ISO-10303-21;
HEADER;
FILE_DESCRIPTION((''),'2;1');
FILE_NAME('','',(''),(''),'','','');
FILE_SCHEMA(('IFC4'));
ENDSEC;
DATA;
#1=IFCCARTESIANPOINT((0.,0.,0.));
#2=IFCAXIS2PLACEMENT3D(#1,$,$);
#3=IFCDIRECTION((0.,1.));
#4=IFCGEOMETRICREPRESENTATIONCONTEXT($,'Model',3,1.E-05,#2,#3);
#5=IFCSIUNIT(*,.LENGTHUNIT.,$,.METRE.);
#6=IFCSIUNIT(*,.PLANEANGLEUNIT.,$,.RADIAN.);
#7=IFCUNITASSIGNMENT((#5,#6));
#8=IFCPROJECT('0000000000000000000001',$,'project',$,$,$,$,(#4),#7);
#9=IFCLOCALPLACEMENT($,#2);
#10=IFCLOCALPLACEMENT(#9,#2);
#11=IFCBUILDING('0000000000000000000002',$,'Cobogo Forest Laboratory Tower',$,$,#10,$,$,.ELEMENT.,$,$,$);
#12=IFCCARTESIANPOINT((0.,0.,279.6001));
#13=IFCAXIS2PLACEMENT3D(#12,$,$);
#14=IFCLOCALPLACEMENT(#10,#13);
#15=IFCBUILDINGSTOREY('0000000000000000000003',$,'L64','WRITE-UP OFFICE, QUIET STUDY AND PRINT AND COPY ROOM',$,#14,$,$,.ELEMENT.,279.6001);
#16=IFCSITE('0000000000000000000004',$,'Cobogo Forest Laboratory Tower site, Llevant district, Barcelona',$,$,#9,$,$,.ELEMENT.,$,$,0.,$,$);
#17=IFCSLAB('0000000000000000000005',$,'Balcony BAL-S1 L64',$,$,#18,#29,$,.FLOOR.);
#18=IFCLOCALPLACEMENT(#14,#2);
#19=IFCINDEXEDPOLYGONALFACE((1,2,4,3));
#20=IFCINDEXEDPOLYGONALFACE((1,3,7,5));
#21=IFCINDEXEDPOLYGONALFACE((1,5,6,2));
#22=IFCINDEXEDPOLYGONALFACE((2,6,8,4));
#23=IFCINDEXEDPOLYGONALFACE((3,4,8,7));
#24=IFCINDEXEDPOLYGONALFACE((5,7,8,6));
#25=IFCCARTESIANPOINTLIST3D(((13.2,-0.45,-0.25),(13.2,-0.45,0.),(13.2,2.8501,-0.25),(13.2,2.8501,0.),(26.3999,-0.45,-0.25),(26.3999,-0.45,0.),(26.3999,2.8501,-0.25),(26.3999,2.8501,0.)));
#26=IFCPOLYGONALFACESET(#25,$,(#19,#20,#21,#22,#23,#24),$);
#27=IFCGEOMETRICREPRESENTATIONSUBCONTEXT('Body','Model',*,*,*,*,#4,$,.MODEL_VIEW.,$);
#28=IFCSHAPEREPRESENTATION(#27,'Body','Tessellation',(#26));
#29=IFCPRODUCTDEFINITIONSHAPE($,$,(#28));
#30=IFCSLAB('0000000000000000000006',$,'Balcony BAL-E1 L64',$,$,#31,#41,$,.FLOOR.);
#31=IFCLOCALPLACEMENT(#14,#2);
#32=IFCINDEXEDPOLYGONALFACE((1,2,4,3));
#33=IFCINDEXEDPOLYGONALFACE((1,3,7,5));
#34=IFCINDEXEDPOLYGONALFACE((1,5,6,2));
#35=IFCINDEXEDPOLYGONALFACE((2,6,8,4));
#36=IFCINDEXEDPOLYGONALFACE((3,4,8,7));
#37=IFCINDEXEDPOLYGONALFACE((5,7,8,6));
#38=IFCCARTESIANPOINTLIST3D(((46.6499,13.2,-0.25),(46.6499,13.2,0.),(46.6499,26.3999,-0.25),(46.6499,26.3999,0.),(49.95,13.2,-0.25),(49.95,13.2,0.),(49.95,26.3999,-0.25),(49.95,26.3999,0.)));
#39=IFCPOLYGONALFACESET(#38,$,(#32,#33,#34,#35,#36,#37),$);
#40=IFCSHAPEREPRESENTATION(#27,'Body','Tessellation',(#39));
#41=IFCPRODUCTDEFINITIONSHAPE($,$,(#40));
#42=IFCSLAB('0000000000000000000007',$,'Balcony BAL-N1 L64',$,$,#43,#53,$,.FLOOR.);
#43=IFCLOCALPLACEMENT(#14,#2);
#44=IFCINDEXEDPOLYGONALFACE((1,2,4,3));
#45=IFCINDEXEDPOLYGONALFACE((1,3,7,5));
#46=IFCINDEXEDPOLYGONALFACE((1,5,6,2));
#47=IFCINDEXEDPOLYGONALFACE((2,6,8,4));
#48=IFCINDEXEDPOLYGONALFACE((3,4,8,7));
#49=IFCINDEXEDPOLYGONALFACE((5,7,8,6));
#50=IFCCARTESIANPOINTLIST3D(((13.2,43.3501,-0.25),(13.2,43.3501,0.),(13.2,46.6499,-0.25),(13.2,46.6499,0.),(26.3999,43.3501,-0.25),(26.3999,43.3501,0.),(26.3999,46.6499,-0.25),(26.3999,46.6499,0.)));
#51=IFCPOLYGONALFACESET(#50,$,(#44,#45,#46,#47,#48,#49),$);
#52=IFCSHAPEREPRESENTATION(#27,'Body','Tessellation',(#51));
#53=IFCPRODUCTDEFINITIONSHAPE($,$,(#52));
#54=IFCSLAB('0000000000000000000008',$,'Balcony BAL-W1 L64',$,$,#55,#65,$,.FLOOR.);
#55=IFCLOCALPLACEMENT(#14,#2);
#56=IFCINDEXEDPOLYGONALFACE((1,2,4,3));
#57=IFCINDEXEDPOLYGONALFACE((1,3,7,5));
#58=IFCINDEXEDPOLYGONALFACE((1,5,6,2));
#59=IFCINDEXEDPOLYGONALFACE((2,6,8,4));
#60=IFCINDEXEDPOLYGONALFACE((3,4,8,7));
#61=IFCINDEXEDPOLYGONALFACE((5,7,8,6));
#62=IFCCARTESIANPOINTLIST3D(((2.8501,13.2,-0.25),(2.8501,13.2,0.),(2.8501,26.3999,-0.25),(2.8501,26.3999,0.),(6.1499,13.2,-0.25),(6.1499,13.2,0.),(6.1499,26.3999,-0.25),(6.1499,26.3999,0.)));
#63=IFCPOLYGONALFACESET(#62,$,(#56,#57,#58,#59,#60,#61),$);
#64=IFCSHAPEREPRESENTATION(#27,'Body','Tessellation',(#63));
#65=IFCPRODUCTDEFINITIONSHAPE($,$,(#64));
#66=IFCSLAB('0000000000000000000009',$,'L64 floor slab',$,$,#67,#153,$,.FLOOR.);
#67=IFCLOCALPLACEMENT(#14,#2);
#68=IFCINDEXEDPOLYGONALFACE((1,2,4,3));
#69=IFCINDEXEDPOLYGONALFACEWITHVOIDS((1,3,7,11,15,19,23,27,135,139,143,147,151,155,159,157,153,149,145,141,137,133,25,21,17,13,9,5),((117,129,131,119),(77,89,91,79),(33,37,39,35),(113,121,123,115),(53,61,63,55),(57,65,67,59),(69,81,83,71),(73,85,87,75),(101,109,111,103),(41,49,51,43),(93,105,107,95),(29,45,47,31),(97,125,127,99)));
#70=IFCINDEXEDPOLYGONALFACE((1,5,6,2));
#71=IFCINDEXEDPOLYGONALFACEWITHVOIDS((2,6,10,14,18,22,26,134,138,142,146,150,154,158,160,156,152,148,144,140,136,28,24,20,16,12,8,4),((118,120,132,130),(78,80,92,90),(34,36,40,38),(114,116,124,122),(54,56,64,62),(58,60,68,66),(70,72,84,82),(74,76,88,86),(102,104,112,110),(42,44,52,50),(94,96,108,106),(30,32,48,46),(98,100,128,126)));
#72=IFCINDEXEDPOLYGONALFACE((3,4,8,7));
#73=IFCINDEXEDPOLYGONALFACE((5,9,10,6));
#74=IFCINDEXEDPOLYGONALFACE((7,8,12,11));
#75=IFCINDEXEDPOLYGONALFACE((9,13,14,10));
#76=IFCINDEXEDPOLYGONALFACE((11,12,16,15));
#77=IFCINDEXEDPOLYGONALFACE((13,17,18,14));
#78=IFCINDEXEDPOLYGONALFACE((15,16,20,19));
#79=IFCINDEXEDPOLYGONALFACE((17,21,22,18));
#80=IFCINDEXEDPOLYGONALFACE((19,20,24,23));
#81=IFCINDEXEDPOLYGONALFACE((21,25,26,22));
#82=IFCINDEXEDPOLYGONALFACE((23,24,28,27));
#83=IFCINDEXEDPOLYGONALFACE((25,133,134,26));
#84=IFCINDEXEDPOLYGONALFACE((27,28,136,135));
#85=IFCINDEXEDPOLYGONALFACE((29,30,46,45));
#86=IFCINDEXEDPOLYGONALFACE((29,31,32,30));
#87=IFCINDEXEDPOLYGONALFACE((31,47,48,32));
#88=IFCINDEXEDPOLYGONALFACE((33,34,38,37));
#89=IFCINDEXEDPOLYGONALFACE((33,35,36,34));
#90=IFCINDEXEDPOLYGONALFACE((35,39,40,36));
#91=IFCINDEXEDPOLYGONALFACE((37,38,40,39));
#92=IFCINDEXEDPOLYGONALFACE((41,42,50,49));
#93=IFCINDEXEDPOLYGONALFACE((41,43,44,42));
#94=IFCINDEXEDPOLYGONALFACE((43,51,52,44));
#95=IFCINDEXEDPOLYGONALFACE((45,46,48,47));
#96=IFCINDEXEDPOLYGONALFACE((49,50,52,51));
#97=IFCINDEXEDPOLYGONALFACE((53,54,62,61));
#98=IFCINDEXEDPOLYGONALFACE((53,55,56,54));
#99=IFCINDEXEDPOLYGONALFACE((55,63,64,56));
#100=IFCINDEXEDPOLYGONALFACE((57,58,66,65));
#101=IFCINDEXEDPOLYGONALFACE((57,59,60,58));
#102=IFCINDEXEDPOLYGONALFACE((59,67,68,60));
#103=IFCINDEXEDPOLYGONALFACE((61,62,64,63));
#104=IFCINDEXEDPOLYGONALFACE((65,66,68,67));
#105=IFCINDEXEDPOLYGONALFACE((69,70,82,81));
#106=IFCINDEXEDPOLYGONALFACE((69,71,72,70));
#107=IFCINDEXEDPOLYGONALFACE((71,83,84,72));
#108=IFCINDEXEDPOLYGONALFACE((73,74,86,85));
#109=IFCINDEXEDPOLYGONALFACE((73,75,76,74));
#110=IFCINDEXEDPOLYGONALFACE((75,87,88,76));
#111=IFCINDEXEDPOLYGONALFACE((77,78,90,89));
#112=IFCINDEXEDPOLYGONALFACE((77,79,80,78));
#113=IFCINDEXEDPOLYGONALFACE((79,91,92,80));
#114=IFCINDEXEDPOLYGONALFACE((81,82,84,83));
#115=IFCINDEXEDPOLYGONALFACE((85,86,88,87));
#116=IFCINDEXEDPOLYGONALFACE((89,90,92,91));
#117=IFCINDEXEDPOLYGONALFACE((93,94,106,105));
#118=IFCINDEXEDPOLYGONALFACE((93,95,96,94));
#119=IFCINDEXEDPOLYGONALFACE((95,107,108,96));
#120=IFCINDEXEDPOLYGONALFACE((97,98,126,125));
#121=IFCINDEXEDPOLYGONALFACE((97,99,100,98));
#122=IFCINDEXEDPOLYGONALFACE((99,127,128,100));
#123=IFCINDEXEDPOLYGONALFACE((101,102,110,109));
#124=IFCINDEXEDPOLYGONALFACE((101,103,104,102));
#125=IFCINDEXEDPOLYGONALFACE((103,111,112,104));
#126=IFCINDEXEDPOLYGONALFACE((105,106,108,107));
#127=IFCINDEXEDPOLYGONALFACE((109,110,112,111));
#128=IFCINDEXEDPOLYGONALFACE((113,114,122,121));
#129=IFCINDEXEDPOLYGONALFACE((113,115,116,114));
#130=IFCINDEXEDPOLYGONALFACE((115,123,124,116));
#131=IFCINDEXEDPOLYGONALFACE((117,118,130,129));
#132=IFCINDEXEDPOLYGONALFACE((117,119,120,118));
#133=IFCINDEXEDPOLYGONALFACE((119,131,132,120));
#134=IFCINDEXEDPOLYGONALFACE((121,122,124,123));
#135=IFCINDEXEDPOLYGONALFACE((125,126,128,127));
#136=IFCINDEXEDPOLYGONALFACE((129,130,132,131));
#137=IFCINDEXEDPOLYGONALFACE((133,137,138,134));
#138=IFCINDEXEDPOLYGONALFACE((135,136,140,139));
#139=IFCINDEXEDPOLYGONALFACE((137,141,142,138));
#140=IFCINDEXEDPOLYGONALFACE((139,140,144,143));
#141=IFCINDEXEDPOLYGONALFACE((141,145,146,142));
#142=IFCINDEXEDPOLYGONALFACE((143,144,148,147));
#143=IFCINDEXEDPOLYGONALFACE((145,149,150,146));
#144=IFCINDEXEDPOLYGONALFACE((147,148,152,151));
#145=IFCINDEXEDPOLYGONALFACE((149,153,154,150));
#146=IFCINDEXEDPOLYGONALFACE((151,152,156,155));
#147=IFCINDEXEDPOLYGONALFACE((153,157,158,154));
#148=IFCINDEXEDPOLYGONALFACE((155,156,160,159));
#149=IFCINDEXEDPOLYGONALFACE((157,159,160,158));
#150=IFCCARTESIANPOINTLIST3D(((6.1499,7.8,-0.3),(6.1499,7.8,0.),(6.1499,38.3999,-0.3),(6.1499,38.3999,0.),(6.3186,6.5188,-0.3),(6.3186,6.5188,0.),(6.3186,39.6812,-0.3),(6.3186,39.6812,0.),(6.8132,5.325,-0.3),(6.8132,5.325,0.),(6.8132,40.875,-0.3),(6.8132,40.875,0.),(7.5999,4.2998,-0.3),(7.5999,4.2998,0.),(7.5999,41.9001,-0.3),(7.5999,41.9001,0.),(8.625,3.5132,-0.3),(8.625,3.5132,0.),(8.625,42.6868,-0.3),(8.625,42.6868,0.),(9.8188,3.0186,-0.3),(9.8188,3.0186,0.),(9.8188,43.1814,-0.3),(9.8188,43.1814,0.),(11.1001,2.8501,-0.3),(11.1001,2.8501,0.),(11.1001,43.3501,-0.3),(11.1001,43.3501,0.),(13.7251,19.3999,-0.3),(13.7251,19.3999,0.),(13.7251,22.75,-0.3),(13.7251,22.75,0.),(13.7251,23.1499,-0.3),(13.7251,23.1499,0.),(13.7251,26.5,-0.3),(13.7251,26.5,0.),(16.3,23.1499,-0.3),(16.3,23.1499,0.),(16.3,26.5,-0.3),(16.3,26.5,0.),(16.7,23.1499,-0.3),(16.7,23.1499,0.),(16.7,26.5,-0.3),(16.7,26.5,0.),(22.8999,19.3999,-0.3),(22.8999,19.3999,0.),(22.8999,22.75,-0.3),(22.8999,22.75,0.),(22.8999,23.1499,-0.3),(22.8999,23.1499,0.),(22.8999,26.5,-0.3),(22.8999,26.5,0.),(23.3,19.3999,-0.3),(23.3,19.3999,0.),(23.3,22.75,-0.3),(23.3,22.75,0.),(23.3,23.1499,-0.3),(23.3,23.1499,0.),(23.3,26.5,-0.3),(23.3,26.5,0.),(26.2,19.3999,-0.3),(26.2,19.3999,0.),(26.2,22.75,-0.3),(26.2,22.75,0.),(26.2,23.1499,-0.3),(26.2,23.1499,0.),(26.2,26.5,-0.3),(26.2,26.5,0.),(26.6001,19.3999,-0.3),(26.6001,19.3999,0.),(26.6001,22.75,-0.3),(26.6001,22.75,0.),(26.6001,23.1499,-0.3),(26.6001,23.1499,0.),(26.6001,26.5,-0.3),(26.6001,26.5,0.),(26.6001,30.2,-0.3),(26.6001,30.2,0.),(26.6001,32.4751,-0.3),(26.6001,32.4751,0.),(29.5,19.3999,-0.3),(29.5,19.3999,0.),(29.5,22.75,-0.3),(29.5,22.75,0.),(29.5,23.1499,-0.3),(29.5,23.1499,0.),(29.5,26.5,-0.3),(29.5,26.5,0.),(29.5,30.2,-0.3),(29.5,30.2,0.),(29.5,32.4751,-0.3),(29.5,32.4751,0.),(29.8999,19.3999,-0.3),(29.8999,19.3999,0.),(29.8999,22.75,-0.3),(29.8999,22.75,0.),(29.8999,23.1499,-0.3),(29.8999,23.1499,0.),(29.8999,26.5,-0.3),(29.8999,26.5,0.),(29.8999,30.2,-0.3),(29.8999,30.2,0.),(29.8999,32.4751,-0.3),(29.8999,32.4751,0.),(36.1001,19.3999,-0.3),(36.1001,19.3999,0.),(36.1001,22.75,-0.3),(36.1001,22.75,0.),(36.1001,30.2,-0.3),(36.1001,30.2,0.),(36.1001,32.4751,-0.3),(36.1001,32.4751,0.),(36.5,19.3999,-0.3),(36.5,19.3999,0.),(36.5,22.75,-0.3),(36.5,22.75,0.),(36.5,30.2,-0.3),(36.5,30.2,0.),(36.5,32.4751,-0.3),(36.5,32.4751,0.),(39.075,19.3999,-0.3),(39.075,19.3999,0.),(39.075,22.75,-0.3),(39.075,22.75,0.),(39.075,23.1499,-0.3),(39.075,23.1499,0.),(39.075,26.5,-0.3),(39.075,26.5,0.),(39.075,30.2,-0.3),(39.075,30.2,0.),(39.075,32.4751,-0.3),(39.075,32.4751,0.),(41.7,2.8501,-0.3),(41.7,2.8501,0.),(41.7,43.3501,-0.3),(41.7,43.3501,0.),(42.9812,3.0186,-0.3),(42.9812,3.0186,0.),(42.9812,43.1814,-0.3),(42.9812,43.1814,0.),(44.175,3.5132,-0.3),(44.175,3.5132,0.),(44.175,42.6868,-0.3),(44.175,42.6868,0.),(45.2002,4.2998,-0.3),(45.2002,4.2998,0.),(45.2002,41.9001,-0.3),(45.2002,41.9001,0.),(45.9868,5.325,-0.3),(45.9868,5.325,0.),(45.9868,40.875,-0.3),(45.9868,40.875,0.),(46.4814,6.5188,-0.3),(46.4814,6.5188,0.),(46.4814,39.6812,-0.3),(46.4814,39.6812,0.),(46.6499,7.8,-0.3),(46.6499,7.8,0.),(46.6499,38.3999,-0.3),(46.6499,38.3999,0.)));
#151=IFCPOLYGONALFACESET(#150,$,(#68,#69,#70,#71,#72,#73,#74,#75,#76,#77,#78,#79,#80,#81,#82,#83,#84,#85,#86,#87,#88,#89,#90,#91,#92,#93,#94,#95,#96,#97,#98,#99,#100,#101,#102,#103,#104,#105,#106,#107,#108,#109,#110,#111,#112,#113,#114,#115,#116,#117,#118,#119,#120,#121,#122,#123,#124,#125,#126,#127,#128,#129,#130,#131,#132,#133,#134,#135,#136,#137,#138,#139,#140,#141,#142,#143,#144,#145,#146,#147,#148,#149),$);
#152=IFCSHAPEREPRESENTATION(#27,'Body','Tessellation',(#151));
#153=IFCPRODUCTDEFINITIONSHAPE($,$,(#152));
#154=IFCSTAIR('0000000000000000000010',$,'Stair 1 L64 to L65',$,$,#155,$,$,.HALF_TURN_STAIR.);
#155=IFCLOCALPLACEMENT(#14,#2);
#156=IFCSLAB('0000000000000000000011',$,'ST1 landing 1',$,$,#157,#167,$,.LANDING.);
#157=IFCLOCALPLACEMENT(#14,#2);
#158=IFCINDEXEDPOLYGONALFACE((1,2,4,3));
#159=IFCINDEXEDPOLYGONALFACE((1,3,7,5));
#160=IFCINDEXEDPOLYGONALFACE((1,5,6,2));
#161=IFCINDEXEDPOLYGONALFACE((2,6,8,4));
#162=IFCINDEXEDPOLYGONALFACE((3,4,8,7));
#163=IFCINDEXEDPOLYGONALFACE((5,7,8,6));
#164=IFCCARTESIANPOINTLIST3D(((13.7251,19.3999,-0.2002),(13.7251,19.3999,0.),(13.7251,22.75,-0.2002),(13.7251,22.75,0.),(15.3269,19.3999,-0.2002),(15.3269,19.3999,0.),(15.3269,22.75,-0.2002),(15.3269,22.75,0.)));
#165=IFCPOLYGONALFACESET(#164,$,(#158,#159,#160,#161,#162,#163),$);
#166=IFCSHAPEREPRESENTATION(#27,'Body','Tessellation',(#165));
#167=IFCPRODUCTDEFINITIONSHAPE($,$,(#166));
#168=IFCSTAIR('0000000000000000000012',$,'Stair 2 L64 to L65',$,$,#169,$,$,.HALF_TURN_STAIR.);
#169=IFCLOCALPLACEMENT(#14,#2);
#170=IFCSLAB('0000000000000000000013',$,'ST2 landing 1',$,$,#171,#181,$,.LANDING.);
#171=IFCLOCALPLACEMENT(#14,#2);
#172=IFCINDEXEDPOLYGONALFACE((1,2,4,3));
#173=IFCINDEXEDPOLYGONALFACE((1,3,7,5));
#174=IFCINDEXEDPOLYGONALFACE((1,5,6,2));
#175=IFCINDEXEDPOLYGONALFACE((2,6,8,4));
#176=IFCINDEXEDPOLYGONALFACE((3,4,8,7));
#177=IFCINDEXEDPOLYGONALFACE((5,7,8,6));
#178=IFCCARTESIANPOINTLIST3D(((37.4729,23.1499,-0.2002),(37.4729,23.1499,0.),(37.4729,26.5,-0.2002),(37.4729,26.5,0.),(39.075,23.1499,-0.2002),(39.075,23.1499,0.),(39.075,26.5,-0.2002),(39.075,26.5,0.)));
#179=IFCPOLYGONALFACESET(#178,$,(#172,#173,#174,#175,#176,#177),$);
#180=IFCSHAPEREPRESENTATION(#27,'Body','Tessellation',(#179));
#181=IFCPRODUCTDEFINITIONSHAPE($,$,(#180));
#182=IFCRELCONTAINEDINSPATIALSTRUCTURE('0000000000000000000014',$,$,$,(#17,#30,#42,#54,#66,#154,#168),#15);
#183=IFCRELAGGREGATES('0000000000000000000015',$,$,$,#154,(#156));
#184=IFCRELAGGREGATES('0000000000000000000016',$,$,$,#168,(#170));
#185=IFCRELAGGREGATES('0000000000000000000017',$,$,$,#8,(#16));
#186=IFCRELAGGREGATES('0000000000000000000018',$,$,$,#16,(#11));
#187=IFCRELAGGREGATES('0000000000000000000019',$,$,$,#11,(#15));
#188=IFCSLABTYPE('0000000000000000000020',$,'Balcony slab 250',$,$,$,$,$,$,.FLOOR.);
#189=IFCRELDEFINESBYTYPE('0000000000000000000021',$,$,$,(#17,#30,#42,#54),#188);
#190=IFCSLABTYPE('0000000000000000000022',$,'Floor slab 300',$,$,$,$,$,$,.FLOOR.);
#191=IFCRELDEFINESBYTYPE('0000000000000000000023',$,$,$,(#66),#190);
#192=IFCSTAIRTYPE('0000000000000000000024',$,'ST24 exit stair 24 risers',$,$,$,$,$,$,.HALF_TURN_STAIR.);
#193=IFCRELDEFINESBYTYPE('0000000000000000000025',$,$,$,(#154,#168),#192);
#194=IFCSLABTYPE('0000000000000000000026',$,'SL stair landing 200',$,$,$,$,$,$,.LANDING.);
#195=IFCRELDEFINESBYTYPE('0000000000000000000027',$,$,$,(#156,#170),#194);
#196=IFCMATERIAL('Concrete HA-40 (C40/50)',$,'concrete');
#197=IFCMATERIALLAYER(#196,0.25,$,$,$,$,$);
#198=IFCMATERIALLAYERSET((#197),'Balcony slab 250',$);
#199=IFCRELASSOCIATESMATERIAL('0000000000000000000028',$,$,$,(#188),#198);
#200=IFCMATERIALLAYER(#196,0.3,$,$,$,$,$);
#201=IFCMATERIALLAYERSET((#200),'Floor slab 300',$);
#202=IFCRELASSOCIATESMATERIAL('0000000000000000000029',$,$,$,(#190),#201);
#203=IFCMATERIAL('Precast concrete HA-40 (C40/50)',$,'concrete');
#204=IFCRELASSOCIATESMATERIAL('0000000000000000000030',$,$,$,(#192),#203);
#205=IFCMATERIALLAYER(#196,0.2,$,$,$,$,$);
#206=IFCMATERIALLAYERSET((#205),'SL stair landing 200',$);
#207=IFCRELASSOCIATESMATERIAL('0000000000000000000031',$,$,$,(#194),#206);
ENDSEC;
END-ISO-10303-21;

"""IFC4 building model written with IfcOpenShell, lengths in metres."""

from ifc_helpers import new_model, si_unit, direction, frame, origin, place, context, subcontext, project, spatial, polyline, outline, extrude, material, layer, layer_set, type_object, element, aggregate, save


model = new_model("IFC4")

# Units and contexts
model_context = context("Model", 3, precision=1e-05, world=origin(), true_north=direction((0.0, 1.0)))
body_context = subcontext(model_context, "Body", "Model", "MODEL_VIEW")
ifc_project = project(units=[si_unit("LENGTHUNIT", "METRE"), si_unit("PLANEANGLEUNIT", "RADIAN")], contexts=[model_context])

# Site, building, storey
site_placement = place(None, origin())
site = spatial("IfcSite", under=ifc_project, at=site_placement, Name="Cobogo Forest Laboratory Tower site, Llevant district, Barcelona", CompositionType="ELEMENT", RefElevation=0.0)
building_placement = place(site_placement, origin())
building = spatial("IfcBuilding", under=site, at=building_placement, Name="Cobogo Forest Laboratory Tower", CompositionType="ELEMENT")
storey_placement = place(building_placement, frame((0.0, 0.0, 279.6001)))
storey = spatial("IfcBuildingStorey", under=building, at=storey_placement, Name="L64", Description="WRITE-UP OFFICE, QUIET STUDY AND PRINT AND COPY ROOM", CompositionType="ELEMENT", Elevation=279.6001)

# Slabs
ifc_material_1 = material(Name="Concrete HA-40 (C40/50)", Category="concrete")
ifc_layer_1 = layer(ifc_material_1, 0.25)
ifc_layer_set_1 = layer_set([ifc_layer_1], Name="Balcony slab 250")
slab_type_1 = type_object("IfcSlabType", Name="Balcony slab 250", PredefinedType="FLOOR", material=ifc_layer_set_1)
slab_1_placement = place(storey_placement, frame((0.0, 0.0, -0.25)))
element("IfcSlab", 1, at=slab_1_placement, inside=storey, type_object=slab_type_1, Name="Balcony BAL-S1 L64", PredefinedType="FLOOR", context=body_context, shape_type="SweptSolid", body=[
    extrude(outline(polyline([(13.2, -0.45), (26.3999, -0.45), (26.3999, 2.8501), (13.2, 2.8501), (13.2, -0.45)])), origin(), (0.0, 0.0, 1.0), 0.25),
])
slab_2_placement = place(storey_placement, frame((0.0, 0.0, -0.25)))
element("IfcSlab", 2, at=slab_2_placement, inside=storey, type_object=slab_type_1, Name="Balcony BAL-E1 L64", PredefinedType="FLOOR", context=body_context, shape_type="SweptSolid", body=[
    extrude(outline(polyline([(46.6499, 13.2), (49.95, 13.2), (49.95, 26.3999), (46.6499, 26.3999), (46.6499, 13.2)])), origin(), (0.0, 0.0, 1.0), 0.25),
])
slab_3_placement = place(storey_placement, frame((0.0, 0.0, -0.25)))
element("IfcSlab", 3, at=slab_3_placement, inside=storey, type_object=slab_type_1, Name="Balcony BAL-N1 L64", PredefinedType="FLOOR", context=body_context, shape_type="SweptSolid", body=[
    extrude(outline(polyline([(13.2, 43.3501), (26.3999, 43.3501), (26.3999, 46.6499), (13.2, 46.6499), (13.2, 43.3501)])), origin(), (0.0, 0.0, 1.0), 0.25),
])
slab_4_placement = place(storey_placement, frame((0.0, 0.0, -0.25)))
element("IfcSlab", 4, at=slab_4_placement, inside=storey, type_object=slab_type_1, Name="Balcony BAL-W1 L64", PredefinedType="FLOOR", context=body_context, shape_type="SweptSolid", body=[
    extrude(outline(polyline([(2.8501, 13.2), (6.1499, 13.2), (6.1499, 26.3999), (2.8501, 26.3999), (2.8501, 13.2)])), origin(), (0.0, 0.0, 1.0), 0.25),
])
ifc_layer_2 = layer(ifc_material_1, 0.3)
ifc_layer_set_2 = layer_set([ifc_layer_2], Name="Floor slab 300")
slab_type_2 = type_object("IfcSlabType", Name="Floor slab 300", PredefinedType="FLOOR", material=ifc_layer_set_2)
slab_5_placement = place(storey_placement, frame((0.0, 0.0, -0.3)))
element("IfcSlab", 5, at=slab_5_placement, inside=storey, type_object=slab_type_2, Name="L64 floor slab", PredefinedType="FLOOR", context=body_context, shape_type="SweptSolid", body=[
    extrude(outline(polyline([(41.7, 2.8501), (42.9812, 3.0186), (44.175, 3.5132), (45.2002, 4.2998), (45.9868, 5.325), (46.4814, 6.5188), (46.6499, 7.8), (46.6499, 38.3999), (46.4814, 39.6812), (45.9868, 40.875), (45.2002, 41.9001), (44.175, 42.6868), (42.9812, 43.1814), (41.7, 43.3501), (11.1001, 43.3501), (9.8188, 43.1814), (8.625, 42.6868), (7.5999, 41.9001), (6.8132, 40.875), (6.3186, 39.6812), (6.1499, 38.3999), (6.1499, 7.8), (6.3186, 6.5188), (6.8132, 5.325), (7.5999, 4.2998), (8.625, 3.5132), (9.8188, 3.0186), (11.1001, 2.8501), (41.7, 2.8501)]), holes=[polyline([(22.8999, 19.3999), (13.7251, 19.3999), (13.7251, 22.75), (22.8999, 22.75), (22.8999, 19.3999)]), polyline([(26.2, 19.3999), (23.3, 19.3999), (23.3, 22.75), (26.2, 22.75), (26.2, 19.3999)]), polyline([(29.5, 19.3999), (26.6001, 19.3999), (26.6001, 22.75), (29.5, 22.75), (29.5, 19.3999)]), polyline([(36.1001, 22.75), (36.1001, 19.3999), (29.8999, 19.3999), (29.8999, 22.75), (36.1001, 22.75)]), polyline([(39.075, 19.3999), (36.5, 19.3999), (36.5, 22.75), (39.075, 22.75), (39.075, 19.3999)]), polyline([(16.3, 23.1499), (13.7251, 23.1499), (13.7251, 26.5), (16.3, 26.5), (16.3, 23.1499)]), polyline([(22.8999, 26.5), (22.8999, 23.1499), (16.7, 23.1499), (16.7, 26.5), (22.8999, 26.5)]), polyline([(26.2, 23.1499), (23.3, 23.1499), (23.3, 26.5), (26.2, 26.5), (26.2, 23.1499)]), polyline([(29.5, 23.1499), (26.6001, 23.1499), (26.6001, 26.5), (29.5, 26.5), (29.5, 23.1499)]), polyline([(39.075, 23.1499), (29.8999, 23.1499), (29.8999, 26.5), (39.075, 26.5), (39.075, 23.1499)]), polyline([(29.5, 30.2), (26.6001, 30.2), (26.6001, 32.4751), (29.5, 32.4751), (29.5, 30.2)]), polyline([(36.1001, 32.4751), (36.1001, 30.2), (29.8999, 30.2), (29.8999, 32.4751), (36.1001, 32.4751)]), polyline([(39.075, 30.2), (36.5, 30.2), (36.5, 32.4751), (39.075, 32.4751), (39.075, 30.2)])]), origin(), (0.0, 0.0, 1.0), 0.3),
])

# Stairs, slabs
ifc_material_2 = material(Name="Precast concrete HA-40 (C40/50)", Category="concrete")
stair_type = type_object("IfcStairType", Name="ST24 exit stair 24 risers", PredefinedType="HALF_TURN_STAIR", material=ifc_material_2)
stair_1_placement = place(storey_placement, origin())
stair_1 = element("IfcStair", 6, at=stair_1_placement, inside=storey, type_object=stair_type, Name="Stair 1 L64 to L65", PredefinedType="HALF_TURN_STAIR")
ifc_layer_3 = layer(ifc_material_1, 0.2)
ifc_layer_set_3 = layer_set([ifc_layer_3], Name="SL stair landing 200")
slab_type_3 = type_object("IfcSlabType", Name="SL stair landing 200", PredefinedType="LANDING", material=ifc_layer_set_3)
slab_6_placement = place(storey_placement, frame((0.0, 0.0, -0.2002)))
slab_6 = element("IfcSlab", 7, at=slab_6_placement, type_object=slab_type_3, Name="ST1 landing 1", PredefinedType="LANDING", context=body_context, shape_type="SweptSolid", body=[
    extrude(outline(polyline([(13.7251, 19.3999), (15.3269, 19.3999), (15.3269, 22.75), (13.7251, 22.75), (13.7251, 19.3999)])), origin(), (0.0, 0.0, 1.0), 0.2002),
])
aggregate(stair_1, [slab_6])
stair_2_placement = place(storey_placement, origin())
stair_2 = element("IfcStair", 8, at=stair_2_placement, inside=storey, type_object=stair_type, Name="Stair 2 L64 to L65", PredefinedType="HALF_TURN_STAIR")
slab_7_placement = place(storey_placement, frame((0.0, 0.0, -0.2002)))
slab_7 = element("IfcSlab", 9, at=slab_7_placement, type_object=slab_type_3, Name="ST2 landing 1", PredefinedType="LANDING", context=body_context, shape_type="SweptSolid", body=[
    extrude(outline(polyline([(37.4729, 23.1499), (39.075, 23.1499), (39.075, 26.5), (37.4729, 26.5), (37.4729, 23.1499)])), origin(), (0.0, 0.0, 1.0), 0.2002),
])
aggregate(stair_2, [slab_7])

save(model, "model.ifc")
